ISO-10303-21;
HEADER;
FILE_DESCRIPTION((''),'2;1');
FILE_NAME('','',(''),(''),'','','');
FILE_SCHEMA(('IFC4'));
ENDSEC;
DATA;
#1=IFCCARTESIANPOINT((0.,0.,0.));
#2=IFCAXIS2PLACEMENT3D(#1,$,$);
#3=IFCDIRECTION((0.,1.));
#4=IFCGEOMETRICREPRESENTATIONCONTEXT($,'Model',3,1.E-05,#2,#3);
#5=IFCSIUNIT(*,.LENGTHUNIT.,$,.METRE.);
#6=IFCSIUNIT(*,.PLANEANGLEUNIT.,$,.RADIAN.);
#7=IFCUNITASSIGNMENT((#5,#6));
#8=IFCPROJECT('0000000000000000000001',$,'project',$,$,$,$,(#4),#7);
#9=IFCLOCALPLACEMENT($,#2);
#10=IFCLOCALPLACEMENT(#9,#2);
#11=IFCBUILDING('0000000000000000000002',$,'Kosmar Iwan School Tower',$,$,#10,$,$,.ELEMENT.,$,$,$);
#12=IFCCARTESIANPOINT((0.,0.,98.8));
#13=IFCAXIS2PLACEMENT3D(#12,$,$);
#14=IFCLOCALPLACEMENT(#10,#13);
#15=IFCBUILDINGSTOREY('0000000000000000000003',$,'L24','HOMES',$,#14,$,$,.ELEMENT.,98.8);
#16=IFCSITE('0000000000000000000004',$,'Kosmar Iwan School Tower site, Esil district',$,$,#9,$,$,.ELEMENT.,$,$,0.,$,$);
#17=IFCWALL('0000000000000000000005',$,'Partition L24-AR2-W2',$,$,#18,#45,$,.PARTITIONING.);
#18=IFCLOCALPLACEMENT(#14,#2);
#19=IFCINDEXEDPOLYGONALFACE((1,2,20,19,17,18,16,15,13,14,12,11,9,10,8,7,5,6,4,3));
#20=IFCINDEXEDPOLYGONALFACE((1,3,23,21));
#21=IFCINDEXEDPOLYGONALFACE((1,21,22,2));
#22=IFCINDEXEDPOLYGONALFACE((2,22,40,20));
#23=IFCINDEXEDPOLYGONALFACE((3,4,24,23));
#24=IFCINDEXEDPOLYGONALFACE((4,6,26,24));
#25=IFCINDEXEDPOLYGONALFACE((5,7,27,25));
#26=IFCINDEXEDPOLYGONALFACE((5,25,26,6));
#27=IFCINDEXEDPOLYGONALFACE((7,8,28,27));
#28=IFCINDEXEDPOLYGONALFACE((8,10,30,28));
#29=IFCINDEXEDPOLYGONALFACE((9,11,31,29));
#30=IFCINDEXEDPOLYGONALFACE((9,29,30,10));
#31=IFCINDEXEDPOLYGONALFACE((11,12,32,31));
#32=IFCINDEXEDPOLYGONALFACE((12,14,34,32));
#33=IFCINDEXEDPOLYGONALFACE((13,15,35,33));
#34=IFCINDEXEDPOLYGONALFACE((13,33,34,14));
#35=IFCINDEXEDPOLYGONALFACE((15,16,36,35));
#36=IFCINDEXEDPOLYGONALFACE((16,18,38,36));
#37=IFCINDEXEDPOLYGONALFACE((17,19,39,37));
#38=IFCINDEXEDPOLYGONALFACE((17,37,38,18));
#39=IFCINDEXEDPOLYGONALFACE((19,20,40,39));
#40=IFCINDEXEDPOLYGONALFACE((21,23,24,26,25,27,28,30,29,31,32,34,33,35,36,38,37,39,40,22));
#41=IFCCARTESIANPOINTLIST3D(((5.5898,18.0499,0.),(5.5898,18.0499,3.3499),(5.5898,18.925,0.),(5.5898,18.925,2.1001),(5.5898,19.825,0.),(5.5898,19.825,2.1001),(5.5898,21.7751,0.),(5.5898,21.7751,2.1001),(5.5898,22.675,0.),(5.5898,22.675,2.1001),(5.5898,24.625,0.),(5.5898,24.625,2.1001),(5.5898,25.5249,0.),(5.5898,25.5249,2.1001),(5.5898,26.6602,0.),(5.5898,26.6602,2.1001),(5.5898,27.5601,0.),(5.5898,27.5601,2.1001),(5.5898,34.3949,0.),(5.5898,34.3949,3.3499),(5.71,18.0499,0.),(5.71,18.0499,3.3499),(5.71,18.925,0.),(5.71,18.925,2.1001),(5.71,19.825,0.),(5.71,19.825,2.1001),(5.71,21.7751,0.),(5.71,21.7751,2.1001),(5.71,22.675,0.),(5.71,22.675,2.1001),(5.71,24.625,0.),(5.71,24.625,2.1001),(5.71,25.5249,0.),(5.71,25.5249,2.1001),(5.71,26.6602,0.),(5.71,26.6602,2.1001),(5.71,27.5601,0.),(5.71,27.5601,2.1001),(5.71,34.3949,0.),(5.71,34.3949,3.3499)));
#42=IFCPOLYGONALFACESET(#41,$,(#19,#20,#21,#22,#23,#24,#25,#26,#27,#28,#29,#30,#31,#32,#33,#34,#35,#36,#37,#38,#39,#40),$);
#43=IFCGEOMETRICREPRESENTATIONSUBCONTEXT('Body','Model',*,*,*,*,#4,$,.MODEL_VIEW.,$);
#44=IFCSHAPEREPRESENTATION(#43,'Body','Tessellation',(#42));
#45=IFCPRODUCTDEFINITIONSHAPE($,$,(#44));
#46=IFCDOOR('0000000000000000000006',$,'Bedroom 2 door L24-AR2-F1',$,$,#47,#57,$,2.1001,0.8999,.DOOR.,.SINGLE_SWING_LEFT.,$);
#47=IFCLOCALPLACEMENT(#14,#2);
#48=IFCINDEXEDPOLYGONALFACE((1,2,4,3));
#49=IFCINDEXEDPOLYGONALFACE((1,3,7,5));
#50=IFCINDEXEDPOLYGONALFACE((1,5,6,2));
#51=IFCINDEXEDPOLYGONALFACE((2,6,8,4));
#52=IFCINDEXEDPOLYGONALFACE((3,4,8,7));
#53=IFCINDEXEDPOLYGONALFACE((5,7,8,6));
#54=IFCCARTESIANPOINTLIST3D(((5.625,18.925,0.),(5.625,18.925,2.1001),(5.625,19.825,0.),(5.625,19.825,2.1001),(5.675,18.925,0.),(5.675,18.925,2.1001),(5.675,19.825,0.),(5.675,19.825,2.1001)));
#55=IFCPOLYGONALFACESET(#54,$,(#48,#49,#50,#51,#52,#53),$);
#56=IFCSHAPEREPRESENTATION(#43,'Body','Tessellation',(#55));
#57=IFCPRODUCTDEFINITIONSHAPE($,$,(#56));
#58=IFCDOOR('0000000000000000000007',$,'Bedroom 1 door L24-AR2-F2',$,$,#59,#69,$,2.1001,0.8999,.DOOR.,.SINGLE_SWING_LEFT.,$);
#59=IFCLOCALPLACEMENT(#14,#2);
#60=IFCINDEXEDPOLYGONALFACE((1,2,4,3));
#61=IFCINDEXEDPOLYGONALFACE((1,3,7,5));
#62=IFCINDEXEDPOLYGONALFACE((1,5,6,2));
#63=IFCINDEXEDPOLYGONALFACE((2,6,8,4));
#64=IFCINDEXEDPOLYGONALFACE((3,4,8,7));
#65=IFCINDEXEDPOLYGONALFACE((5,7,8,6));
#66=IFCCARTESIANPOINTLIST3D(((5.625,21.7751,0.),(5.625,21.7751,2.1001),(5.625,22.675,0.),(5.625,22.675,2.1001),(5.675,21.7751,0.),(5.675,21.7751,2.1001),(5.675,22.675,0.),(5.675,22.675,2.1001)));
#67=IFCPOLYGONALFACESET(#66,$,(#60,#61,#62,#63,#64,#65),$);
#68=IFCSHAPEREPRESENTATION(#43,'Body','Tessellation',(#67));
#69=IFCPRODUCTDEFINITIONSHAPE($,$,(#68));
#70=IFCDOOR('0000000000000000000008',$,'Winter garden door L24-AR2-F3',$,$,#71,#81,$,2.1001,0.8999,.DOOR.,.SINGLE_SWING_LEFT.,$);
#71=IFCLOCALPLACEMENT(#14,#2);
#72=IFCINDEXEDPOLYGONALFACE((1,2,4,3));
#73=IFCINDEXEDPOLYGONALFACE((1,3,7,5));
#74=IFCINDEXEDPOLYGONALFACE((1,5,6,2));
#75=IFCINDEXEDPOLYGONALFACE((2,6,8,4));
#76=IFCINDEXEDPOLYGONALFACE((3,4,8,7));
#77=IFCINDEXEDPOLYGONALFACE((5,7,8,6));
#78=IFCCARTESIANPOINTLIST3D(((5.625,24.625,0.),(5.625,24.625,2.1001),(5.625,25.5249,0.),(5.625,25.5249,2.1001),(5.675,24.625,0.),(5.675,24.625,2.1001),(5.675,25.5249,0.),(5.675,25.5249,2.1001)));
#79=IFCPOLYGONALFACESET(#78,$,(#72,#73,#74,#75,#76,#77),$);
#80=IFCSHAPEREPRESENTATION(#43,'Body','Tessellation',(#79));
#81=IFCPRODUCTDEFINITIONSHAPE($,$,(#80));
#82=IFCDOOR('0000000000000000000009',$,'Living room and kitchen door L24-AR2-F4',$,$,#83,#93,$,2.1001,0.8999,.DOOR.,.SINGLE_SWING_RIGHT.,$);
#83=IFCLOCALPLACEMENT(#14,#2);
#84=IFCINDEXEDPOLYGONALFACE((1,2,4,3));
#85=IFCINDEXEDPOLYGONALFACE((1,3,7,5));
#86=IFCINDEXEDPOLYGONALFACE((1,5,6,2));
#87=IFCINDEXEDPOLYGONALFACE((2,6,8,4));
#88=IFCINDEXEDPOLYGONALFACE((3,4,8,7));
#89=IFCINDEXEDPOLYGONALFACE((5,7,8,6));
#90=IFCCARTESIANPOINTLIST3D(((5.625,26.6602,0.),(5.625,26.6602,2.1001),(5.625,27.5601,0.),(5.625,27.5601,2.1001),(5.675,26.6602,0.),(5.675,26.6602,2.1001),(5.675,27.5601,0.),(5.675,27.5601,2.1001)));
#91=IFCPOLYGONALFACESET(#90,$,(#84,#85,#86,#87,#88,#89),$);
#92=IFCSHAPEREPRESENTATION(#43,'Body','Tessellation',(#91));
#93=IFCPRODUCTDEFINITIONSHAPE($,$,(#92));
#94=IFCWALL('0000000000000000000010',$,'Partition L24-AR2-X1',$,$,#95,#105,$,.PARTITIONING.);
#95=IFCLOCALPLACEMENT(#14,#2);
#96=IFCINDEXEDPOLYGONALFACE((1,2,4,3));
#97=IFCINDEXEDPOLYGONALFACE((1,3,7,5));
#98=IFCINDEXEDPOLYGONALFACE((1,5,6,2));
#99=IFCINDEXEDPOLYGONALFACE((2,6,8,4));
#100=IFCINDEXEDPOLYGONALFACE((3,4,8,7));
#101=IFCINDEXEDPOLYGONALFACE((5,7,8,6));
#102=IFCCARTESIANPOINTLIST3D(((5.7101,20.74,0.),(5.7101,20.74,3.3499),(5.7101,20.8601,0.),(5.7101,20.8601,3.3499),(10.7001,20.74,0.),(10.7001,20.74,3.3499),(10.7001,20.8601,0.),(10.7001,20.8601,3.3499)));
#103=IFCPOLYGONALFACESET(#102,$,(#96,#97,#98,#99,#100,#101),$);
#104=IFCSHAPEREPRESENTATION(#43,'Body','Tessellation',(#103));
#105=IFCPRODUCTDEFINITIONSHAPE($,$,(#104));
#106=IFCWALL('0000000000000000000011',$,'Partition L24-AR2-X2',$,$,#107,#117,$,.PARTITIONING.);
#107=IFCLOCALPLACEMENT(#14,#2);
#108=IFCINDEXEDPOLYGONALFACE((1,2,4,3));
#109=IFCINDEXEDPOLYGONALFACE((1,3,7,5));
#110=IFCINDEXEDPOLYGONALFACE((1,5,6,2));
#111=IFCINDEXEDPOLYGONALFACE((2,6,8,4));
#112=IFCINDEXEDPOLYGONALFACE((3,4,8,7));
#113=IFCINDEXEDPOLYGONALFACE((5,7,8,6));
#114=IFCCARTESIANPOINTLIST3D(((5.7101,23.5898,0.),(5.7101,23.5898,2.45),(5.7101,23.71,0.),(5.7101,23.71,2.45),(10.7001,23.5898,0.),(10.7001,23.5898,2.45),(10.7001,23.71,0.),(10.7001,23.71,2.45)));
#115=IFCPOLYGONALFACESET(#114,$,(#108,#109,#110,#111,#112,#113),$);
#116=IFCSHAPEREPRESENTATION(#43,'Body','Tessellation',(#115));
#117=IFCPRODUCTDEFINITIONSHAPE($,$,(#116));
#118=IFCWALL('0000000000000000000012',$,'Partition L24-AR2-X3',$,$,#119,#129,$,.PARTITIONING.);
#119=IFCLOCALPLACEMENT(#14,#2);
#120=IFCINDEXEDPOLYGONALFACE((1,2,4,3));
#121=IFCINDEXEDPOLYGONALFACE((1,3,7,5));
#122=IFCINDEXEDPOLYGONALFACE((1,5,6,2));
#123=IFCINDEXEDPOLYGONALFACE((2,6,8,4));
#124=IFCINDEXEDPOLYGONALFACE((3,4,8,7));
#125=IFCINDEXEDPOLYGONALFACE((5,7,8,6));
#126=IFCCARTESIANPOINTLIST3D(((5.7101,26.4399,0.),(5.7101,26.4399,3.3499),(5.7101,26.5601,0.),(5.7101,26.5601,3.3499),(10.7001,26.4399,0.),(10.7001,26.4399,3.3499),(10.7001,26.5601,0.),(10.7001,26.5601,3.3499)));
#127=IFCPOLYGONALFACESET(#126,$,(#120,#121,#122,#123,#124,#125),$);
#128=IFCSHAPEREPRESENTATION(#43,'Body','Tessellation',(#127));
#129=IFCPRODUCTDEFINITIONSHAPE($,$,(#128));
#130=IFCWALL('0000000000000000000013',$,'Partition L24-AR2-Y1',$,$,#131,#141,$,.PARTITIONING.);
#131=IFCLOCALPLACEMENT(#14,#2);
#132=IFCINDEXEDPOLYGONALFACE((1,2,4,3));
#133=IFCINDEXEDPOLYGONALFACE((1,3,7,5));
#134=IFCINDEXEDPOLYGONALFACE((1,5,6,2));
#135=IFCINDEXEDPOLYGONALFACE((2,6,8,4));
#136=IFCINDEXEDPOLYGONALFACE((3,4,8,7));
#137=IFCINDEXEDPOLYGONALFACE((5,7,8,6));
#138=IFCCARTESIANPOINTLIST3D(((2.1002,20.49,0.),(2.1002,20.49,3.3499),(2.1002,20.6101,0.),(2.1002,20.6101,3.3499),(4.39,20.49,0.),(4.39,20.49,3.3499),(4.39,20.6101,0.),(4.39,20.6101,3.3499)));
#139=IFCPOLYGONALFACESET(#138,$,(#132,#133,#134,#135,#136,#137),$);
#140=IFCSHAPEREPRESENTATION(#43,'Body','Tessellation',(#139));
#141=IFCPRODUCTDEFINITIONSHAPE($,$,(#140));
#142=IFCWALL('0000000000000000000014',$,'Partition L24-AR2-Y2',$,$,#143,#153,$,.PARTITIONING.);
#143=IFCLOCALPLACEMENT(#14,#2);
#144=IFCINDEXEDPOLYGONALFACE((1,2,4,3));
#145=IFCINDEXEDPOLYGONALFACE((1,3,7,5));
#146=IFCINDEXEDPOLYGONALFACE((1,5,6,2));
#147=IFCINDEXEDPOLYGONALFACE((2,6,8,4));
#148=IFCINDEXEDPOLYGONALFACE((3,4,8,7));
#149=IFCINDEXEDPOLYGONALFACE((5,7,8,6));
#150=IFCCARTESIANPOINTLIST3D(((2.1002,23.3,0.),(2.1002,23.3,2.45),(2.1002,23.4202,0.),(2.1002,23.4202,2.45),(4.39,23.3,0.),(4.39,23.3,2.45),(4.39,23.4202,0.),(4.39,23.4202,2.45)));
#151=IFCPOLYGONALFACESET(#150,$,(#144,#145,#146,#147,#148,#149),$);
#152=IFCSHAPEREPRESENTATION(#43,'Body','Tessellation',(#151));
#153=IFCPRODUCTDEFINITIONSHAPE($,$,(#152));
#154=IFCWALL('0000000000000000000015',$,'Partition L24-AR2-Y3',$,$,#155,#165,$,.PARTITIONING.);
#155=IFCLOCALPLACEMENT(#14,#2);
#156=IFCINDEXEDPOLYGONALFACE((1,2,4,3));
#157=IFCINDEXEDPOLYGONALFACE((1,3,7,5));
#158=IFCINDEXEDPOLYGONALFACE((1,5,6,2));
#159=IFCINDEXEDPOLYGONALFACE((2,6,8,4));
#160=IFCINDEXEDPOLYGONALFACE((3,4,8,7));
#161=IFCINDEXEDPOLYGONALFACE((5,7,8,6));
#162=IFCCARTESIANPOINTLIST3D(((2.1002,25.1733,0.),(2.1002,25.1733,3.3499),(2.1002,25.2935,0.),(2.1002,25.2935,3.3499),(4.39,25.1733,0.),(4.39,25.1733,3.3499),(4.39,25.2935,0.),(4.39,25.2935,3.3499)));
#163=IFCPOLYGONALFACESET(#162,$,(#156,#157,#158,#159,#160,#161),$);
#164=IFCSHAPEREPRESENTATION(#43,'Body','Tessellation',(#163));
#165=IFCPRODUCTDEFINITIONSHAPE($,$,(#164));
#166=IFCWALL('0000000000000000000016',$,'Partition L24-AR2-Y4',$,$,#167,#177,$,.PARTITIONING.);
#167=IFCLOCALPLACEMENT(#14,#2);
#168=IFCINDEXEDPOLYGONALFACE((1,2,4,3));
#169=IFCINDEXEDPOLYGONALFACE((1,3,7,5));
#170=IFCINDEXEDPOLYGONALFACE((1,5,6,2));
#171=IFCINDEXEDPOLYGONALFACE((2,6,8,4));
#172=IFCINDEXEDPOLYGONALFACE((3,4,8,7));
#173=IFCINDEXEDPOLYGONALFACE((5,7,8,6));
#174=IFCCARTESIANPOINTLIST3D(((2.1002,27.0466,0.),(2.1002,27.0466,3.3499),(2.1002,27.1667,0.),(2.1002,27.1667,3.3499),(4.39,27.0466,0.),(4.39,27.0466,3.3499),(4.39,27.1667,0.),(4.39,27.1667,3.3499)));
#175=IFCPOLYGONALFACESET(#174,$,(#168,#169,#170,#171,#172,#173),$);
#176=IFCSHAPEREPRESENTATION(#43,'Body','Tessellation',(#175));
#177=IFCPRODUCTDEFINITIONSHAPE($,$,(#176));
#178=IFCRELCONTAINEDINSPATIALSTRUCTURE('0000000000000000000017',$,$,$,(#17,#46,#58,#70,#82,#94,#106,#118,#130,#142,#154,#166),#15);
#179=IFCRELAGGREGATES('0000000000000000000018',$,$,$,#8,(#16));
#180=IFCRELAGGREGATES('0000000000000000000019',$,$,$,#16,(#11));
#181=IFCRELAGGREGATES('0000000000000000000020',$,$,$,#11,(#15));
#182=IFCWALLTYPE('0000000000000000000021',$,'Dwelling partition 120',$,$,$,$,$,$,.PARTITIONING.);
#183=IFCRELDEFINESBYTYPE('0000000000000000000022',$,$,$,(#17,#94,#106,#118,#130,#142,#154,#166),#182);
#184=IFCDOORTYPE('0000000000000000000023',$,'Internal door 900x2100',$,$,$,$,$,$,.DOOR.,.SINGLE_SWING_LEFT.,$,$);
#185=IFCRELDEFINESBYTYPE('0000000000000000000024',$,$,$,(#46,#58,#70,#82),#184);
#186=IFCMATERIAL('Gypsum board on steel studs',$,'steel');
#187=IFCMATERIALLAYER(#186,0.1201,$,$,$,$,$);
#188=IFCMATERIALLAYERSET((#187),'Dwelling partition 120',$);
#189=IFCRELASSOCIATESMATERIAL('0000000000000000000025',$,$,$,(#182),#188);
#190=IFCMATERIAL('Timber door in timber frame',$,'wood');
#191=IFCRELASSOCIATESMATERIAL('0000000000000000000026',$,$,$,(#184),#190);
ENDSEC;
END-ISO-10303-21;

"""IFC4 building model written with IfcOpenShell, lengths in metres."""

from ifc_helpers import new_model, si_unit, direction, frame, frame_2d, origin, place, context, subcontext, project, spatial, rectangle, extrude, material, layer, layer_set, type_object, element, fill, save


model = new_model("IFC4")

# Units and contexts
model_context = context("Model", 3, precision=1e-05, world=origin(), true_north=direction((0.0, 1.0)))
body_context = subcontext(model_context, "Body", "Model", "MODEL_VIEW")
ifc_project = project(units=[si_unit("LENGTHUNIT", "METRE"), si_unit("PLANEANGLEUNIT", "RADIAN")], contexts=[model_context])

# Site, building, storey
site_placement = place(None, origin())
site = spatial("IfcSite", under=ifc_project, at=site_placement, Name="Kosmar Iwan School Tower site, Esil district", CompositionType="ELEMENT", RefElevation=0.0)
building_placement = place(site_placement, origin())
building = spatial("IfcBuilding", under=site, at=building_placement, Name="Kosmar Iwan School Tower", CompositionType="ELEMENT")
storey_placement = place(building_placement, frame((0.0, 0.0, 98.8)))
storey = spatial("IfcBuildingStorey", under=building, at=storey_placement, Name="L24", Description="HOMES", CompositionType="ELEMENT", Elevation=98.8)

# Wall, openings, doors
ifc_material_1 = material(Name="Gypsum board on steel studs", Category="steel")
ifc_layer_1 = layer(ifc_material_1, 0.1201)
ifc_layer_set_1 = layer_set([ifc_layer_1], Name="Dwelling partition 120")
wall_type_1 = type_object("IfcWallType", Name="Dwelling partition 120", PredefinedType="PARTITIONING", material=ifc_layer_set_1)
wall_1_placement = place(storey_placement, frame((5.6499, 18.05, 0.0), z_axis=(0.0, 0.0, 1.0), x_axis=(0.0, 1.0, 0.0)))
wall_1 = element("IfcWall", 1, at=wall_1_placement, inside=storey, type_object=wall_type_1, Name="Partition L24-AR2-W2", PredefinedType="PARTITIONING", context=body_context, shape_type="SweptSolid", body=[
    extrude(rectangle(XDim=16.345, YDim=0.1201, at=frame_2d((8.1724, 0.0))), origin(), (0.0, 0.0, 1.0), 3.3499),
])
opening_1_placement = place(wall_1_placement, frame((0.875, 0.0, 0.0)))
opening_1 = element("IfcOpeningElement", 2, at=opening_1_placement, cuts=wall_1, PredefinedType="OPENING", context=body_context, shape_type="SweptSolid", body=[
    extrude(rectangle(XDim=0.8999, YDim=2.1001, at=frame_2d((0.45, 1.05))), frame((0.0, 0.072, 0.0), z_axis=(0.0, -1.0, 0.0), x_axis=(1.0, 0.0, 0.0)), (0.0, 0.0, 1.0), 0.144),
])
opening_2_placement = place(wall_1_placement, frame((3.7251, 0.0, 0.0)))
opening_2 = element("IfcOpeningElement", 3, at=opening_2_placement, cuts=wall_1, PredefinedType="OPENING", context=body_context, shape_type="SweptSolid", body=[
    extrude(rectangle(XDim=0.8999, YDim=2.1001, at=frame_2d((0.45, 1.05))), frame((0.0, 0.072, 0.0), z_axis=(0.0, -1.0, 0.0), x_axis=(1.0, 0.0, 0.0)), (0.0, 0.0, 1.0), 0.144),
])
opening_3_placement = place(wall_1_placement, frame((6.575, 0.0, 0.0)))
opening_3 = element("IfcOpeningElement", 4, at=opening_3_placement, cuts=wall_1, PredefinedType="OPENING", context=body_context, shape_type="SweptSolid", body=[
    extrude(rectangle(XDim=0.8999, YDim=2.1001, at=frame_2d((0.45, 1.05))), frame((0.0, 0.072, 0.0), z_axis=(0.0, -1.0, 0.0), x_axis=(1.0, 0.0, 0.0)), (0.0, 0.0, 1.0), 0.144),
])
opening_4_placement = place(wall_1_placement, frame((8.6101, 0.0, 0.0)))
opening_4 = element("IfcOpeningElement", 5, at=opening_4_placement, cuts=wall_1, PredefinedType="OPENING", context=body_context, shape_type="SweptSolid", body=[
    extrude(rectangle(XDim=0.8999, YDim=2.1001, at=frame_2d((0.45, 1.05))), frame((0.0, 0.072, 0.0), z_axis=(0.0, -1.0, 0.0), x_axis=(1.0, 0.0, 0.0)), (0.0, 0.0, 1.0), 0.144),
])
ifc_material_2 = material(Name="Timber door in timber frame", Category="wood")
door_type_1 = type_object("IfcDoorType", Name="Internal door 900x2100", OperationType="SINGLE_SWING_LEFT", PredefinedType="DOOR", material=ifc_material_2)
door_1_placement = place(opening_1_placement, origin())
door_1 = element("IfcDoor", 6, at=door_1_placement, inside=storey, type_object=door_type_1, Name="Bedroom 2 door L24-AR2-F1", OperationType="SINGLE_SWING_LEFT", OverallHeight=2.1001, OverallWidth=0.8999, PredefinedType="DOOR", context=body_context, shape_type="SweptSolid", body=[
    extrude(rectangle(XDim=0.8999, YDim=2.1001, at=frame_2d((0.45, 1.05))), frame((0.0, 0.0249, 0.0), z_axis=(0.0, -1.0, 0.0), x_axis=(1.0, 0.0, 0.0)), (0.0, 0.0, 1.0), 0.05),
])
fill(opening_1, door_1)
door_2_placement = place(opening_2_placement, origin())
door_2 = element("IfcDoor", 7, at=door_2_placement, inside=storey, type_object=door_type_1, Name="Bedroom 1 door L24-AR2-F2", OperationType="SINGLE_SWING_LEFT", OverallHeight=2.1001, OverallWidth=0.8999, PredefinedType="DOOR", context=body_context, shape_type="SweptSolid", body=[
    extrude(rectangle(XDim=0.8999, YDim=2.1001, at=frame_2d((0.45, 1.05))), frame((0.0, 0.0249, 0.0), z_axis=(0.0, -1.0, 0.0), x_axis=(1.0, 0.0, 0.0)), (0.0, 0.0, 1.0), 0.05),
])
fill(opening_2, door_2)
door_3_placement = place(opening_3_placement, origin())
door_3 = element("IfcDoor", 8, at=door_3_placement, inside=storey, type_object=door_type_1, Name="Winter garden door L24-AR2-F3", OperationType="SINGLE_SWING_LEFT", OverallHeight=2.1001, OverallWidth=0.8999, PredefinedType="DOOR", context=body_context, shape_type="SweptSolid", body=[
    extrude(rectangle(XDim=0.8999, YDim=2.1001, at=frame_2d((0.45, 1.05))), frame((0.0, 0.0249, 0.0), z_axis=(0.0, -1.0, 0.0), x_axis=(1.0, 0.0, 0.0)), (0.0, 0.0, 1.0), 0.05),
])
fill(opening_3, door_3)
door_4_placement = place(opening_4_placement, origin())
door_4 = element("IfcDoor", 9, at=door_4_placement, inside=storey, type_object=door_type_1, Name="Living room and kitchen door L24-AR2-F4", OperationType="SINGLE_SWING_RIGHT", OverallHeight=2.1001, OverallWidth=0.8999, PredefinedType="DOOR", context=body_context, shape_type="SweptSolid", body=[
    extrude(rectangle(XDim=0.8999, YDim=2.1001, at=frame_2d((0.45, 1.05))), frame((0.0, 0.0249, 0.0), z_axis=(0.0, -1.0, 0.0), x_axis=(1.0, 0.0, 0.0)), (0.0, 0.0, 1.0), 0.05),
])
fill(opening_4, door_4)

# Walls
wall_2_placement = place(storey_placement, frame((5.71, 20.8, 0.0), z_axis=(0.0, 0.0, 1.0), x_axis=(1.0, 0.0, 0.0)))
element("IfcWall", 10, at=wall_2_placement, inside=storey, type_object=wall_type_1, Name="Partition L24-AR2-X1", PredefinedType="PARTITIONING", context=body_context, shape_type="SweptSolid", body=[
    extrude(rectangle(XDim=4.99, YDim=0.1201, at=frame_2d((2.4951, 0.0))), origin(), (0.0, 0.0, 1.0), 3.3499),
])
wall_3_placement = place(storey_placement, frame((5.71, 23.6499, 0.0), z_axis=(0.0, 0.0, 1.0), x_axis=(1.0, 0.0, 0.0)))
element("IfcWall", 11, at=wall_3_placement, inside=storey, type_object=wall_type_1, Name="Partition L24-AR2-X2", PredefinedType="PARTITIONING", context=body_context, shape_type="SweptSolid", body=[
    extrude(rectangle(XDim=4.99, YDim=0.1201, at=frame_2d((2.4951, 0.0))), origin(), (0.0, 0.0, 1.0), 2.45),
])
wall_4_placement = place(storey_placement, frame((5.71, 26.5, 0.0), z_axis=(0.0, 0.0, 1.0), x_axis=(1.0, 0.0, 0.0)))
element("IfcWall", 12, at=wall_4_placement, inside=storey, type_object=wall_type_1, Name="Partition L24-AR2-X3", PredefinedType="PARTITIONING", context=body_context, shape_type="SweptSolid", body=[
    extrude(rectangle(XDim=4.99, YDim=0.1201, at=frame_2d((2.4951, 0.0))), origin(), (0.0, 0.0, 1.0), 3.3499),
])
wall_5_placement = place(storey_placement, frame((2.1001, 20.55, 0.0), z_axis=(0.0, 0.0, 1.0), x_axis=(1.0, 0.0, 0.0)))
element("IfcWall", 13, at=wall_5_placement, inside=storey, type_object=wall_type_1, Name="Partition L24-AR2-Y1", PredefinedType="PARTITIONING", context=body_context, shape_type="SweptSolid", body=[
    extrude(rectangle(XDim=2.2898, YDim=0.1201, at=frame_2d((1.145, 0.0))), origin(), (0.0, 0.0, 1.0), 3.3499),
])
wall_6_placement = place(storey_placement, frame((2.1001, 23.3601, 0.0), z_axis=(0.0, 0.0, 1.0), x_axis=(1.0, 0.0, 0.0)))
element("IfcWall", 14, at=wall_6_placement, inside=storey, type_object=wall_type_1, Name="Partition L24-AR2-Y2", PredefinedType="PARTITIONING", context=body_context, shape_type="SweptSolid", body=[
    extrude(rectangle(XDim=2.2898, YDim=0.1201, at=frame_2d((1.145, 0.0))), origin(), (0.0, 0.0, 1.0), 2.45),
])
for number, where, z_axis, x_axis, name in (
    (15, (2.1001, 25.2334, 0.0), (0.0, 0.0, 1.0), (1.0, 0.0, 0.0), "Partition L24-AR2-Y3"),
    (16, (2.1001, 27.1067, 0.0), (0.0, 0.0, 1.0), (1.0, 0.0, 0.0), "Partition L24-AR2-Y4"),
):
    element("IfcWall", number, at=place(storey_placement, frame(where, z_axis=z_axis, x_axis=x_axis)), inside=storey, type_object=wall_type_1, Name=name, PredefinedType="PARTITIONING", context=body_context, shape_type="SweptSolid", body=[
        extrude(rectangle(XDim=2.2898, YDim=0.1201, at=frame_2d((1.145, 0.0))), origin(), (0.0, 0.0, 1.0), 3.3499),
    ])

save(model, "model.ifc")
